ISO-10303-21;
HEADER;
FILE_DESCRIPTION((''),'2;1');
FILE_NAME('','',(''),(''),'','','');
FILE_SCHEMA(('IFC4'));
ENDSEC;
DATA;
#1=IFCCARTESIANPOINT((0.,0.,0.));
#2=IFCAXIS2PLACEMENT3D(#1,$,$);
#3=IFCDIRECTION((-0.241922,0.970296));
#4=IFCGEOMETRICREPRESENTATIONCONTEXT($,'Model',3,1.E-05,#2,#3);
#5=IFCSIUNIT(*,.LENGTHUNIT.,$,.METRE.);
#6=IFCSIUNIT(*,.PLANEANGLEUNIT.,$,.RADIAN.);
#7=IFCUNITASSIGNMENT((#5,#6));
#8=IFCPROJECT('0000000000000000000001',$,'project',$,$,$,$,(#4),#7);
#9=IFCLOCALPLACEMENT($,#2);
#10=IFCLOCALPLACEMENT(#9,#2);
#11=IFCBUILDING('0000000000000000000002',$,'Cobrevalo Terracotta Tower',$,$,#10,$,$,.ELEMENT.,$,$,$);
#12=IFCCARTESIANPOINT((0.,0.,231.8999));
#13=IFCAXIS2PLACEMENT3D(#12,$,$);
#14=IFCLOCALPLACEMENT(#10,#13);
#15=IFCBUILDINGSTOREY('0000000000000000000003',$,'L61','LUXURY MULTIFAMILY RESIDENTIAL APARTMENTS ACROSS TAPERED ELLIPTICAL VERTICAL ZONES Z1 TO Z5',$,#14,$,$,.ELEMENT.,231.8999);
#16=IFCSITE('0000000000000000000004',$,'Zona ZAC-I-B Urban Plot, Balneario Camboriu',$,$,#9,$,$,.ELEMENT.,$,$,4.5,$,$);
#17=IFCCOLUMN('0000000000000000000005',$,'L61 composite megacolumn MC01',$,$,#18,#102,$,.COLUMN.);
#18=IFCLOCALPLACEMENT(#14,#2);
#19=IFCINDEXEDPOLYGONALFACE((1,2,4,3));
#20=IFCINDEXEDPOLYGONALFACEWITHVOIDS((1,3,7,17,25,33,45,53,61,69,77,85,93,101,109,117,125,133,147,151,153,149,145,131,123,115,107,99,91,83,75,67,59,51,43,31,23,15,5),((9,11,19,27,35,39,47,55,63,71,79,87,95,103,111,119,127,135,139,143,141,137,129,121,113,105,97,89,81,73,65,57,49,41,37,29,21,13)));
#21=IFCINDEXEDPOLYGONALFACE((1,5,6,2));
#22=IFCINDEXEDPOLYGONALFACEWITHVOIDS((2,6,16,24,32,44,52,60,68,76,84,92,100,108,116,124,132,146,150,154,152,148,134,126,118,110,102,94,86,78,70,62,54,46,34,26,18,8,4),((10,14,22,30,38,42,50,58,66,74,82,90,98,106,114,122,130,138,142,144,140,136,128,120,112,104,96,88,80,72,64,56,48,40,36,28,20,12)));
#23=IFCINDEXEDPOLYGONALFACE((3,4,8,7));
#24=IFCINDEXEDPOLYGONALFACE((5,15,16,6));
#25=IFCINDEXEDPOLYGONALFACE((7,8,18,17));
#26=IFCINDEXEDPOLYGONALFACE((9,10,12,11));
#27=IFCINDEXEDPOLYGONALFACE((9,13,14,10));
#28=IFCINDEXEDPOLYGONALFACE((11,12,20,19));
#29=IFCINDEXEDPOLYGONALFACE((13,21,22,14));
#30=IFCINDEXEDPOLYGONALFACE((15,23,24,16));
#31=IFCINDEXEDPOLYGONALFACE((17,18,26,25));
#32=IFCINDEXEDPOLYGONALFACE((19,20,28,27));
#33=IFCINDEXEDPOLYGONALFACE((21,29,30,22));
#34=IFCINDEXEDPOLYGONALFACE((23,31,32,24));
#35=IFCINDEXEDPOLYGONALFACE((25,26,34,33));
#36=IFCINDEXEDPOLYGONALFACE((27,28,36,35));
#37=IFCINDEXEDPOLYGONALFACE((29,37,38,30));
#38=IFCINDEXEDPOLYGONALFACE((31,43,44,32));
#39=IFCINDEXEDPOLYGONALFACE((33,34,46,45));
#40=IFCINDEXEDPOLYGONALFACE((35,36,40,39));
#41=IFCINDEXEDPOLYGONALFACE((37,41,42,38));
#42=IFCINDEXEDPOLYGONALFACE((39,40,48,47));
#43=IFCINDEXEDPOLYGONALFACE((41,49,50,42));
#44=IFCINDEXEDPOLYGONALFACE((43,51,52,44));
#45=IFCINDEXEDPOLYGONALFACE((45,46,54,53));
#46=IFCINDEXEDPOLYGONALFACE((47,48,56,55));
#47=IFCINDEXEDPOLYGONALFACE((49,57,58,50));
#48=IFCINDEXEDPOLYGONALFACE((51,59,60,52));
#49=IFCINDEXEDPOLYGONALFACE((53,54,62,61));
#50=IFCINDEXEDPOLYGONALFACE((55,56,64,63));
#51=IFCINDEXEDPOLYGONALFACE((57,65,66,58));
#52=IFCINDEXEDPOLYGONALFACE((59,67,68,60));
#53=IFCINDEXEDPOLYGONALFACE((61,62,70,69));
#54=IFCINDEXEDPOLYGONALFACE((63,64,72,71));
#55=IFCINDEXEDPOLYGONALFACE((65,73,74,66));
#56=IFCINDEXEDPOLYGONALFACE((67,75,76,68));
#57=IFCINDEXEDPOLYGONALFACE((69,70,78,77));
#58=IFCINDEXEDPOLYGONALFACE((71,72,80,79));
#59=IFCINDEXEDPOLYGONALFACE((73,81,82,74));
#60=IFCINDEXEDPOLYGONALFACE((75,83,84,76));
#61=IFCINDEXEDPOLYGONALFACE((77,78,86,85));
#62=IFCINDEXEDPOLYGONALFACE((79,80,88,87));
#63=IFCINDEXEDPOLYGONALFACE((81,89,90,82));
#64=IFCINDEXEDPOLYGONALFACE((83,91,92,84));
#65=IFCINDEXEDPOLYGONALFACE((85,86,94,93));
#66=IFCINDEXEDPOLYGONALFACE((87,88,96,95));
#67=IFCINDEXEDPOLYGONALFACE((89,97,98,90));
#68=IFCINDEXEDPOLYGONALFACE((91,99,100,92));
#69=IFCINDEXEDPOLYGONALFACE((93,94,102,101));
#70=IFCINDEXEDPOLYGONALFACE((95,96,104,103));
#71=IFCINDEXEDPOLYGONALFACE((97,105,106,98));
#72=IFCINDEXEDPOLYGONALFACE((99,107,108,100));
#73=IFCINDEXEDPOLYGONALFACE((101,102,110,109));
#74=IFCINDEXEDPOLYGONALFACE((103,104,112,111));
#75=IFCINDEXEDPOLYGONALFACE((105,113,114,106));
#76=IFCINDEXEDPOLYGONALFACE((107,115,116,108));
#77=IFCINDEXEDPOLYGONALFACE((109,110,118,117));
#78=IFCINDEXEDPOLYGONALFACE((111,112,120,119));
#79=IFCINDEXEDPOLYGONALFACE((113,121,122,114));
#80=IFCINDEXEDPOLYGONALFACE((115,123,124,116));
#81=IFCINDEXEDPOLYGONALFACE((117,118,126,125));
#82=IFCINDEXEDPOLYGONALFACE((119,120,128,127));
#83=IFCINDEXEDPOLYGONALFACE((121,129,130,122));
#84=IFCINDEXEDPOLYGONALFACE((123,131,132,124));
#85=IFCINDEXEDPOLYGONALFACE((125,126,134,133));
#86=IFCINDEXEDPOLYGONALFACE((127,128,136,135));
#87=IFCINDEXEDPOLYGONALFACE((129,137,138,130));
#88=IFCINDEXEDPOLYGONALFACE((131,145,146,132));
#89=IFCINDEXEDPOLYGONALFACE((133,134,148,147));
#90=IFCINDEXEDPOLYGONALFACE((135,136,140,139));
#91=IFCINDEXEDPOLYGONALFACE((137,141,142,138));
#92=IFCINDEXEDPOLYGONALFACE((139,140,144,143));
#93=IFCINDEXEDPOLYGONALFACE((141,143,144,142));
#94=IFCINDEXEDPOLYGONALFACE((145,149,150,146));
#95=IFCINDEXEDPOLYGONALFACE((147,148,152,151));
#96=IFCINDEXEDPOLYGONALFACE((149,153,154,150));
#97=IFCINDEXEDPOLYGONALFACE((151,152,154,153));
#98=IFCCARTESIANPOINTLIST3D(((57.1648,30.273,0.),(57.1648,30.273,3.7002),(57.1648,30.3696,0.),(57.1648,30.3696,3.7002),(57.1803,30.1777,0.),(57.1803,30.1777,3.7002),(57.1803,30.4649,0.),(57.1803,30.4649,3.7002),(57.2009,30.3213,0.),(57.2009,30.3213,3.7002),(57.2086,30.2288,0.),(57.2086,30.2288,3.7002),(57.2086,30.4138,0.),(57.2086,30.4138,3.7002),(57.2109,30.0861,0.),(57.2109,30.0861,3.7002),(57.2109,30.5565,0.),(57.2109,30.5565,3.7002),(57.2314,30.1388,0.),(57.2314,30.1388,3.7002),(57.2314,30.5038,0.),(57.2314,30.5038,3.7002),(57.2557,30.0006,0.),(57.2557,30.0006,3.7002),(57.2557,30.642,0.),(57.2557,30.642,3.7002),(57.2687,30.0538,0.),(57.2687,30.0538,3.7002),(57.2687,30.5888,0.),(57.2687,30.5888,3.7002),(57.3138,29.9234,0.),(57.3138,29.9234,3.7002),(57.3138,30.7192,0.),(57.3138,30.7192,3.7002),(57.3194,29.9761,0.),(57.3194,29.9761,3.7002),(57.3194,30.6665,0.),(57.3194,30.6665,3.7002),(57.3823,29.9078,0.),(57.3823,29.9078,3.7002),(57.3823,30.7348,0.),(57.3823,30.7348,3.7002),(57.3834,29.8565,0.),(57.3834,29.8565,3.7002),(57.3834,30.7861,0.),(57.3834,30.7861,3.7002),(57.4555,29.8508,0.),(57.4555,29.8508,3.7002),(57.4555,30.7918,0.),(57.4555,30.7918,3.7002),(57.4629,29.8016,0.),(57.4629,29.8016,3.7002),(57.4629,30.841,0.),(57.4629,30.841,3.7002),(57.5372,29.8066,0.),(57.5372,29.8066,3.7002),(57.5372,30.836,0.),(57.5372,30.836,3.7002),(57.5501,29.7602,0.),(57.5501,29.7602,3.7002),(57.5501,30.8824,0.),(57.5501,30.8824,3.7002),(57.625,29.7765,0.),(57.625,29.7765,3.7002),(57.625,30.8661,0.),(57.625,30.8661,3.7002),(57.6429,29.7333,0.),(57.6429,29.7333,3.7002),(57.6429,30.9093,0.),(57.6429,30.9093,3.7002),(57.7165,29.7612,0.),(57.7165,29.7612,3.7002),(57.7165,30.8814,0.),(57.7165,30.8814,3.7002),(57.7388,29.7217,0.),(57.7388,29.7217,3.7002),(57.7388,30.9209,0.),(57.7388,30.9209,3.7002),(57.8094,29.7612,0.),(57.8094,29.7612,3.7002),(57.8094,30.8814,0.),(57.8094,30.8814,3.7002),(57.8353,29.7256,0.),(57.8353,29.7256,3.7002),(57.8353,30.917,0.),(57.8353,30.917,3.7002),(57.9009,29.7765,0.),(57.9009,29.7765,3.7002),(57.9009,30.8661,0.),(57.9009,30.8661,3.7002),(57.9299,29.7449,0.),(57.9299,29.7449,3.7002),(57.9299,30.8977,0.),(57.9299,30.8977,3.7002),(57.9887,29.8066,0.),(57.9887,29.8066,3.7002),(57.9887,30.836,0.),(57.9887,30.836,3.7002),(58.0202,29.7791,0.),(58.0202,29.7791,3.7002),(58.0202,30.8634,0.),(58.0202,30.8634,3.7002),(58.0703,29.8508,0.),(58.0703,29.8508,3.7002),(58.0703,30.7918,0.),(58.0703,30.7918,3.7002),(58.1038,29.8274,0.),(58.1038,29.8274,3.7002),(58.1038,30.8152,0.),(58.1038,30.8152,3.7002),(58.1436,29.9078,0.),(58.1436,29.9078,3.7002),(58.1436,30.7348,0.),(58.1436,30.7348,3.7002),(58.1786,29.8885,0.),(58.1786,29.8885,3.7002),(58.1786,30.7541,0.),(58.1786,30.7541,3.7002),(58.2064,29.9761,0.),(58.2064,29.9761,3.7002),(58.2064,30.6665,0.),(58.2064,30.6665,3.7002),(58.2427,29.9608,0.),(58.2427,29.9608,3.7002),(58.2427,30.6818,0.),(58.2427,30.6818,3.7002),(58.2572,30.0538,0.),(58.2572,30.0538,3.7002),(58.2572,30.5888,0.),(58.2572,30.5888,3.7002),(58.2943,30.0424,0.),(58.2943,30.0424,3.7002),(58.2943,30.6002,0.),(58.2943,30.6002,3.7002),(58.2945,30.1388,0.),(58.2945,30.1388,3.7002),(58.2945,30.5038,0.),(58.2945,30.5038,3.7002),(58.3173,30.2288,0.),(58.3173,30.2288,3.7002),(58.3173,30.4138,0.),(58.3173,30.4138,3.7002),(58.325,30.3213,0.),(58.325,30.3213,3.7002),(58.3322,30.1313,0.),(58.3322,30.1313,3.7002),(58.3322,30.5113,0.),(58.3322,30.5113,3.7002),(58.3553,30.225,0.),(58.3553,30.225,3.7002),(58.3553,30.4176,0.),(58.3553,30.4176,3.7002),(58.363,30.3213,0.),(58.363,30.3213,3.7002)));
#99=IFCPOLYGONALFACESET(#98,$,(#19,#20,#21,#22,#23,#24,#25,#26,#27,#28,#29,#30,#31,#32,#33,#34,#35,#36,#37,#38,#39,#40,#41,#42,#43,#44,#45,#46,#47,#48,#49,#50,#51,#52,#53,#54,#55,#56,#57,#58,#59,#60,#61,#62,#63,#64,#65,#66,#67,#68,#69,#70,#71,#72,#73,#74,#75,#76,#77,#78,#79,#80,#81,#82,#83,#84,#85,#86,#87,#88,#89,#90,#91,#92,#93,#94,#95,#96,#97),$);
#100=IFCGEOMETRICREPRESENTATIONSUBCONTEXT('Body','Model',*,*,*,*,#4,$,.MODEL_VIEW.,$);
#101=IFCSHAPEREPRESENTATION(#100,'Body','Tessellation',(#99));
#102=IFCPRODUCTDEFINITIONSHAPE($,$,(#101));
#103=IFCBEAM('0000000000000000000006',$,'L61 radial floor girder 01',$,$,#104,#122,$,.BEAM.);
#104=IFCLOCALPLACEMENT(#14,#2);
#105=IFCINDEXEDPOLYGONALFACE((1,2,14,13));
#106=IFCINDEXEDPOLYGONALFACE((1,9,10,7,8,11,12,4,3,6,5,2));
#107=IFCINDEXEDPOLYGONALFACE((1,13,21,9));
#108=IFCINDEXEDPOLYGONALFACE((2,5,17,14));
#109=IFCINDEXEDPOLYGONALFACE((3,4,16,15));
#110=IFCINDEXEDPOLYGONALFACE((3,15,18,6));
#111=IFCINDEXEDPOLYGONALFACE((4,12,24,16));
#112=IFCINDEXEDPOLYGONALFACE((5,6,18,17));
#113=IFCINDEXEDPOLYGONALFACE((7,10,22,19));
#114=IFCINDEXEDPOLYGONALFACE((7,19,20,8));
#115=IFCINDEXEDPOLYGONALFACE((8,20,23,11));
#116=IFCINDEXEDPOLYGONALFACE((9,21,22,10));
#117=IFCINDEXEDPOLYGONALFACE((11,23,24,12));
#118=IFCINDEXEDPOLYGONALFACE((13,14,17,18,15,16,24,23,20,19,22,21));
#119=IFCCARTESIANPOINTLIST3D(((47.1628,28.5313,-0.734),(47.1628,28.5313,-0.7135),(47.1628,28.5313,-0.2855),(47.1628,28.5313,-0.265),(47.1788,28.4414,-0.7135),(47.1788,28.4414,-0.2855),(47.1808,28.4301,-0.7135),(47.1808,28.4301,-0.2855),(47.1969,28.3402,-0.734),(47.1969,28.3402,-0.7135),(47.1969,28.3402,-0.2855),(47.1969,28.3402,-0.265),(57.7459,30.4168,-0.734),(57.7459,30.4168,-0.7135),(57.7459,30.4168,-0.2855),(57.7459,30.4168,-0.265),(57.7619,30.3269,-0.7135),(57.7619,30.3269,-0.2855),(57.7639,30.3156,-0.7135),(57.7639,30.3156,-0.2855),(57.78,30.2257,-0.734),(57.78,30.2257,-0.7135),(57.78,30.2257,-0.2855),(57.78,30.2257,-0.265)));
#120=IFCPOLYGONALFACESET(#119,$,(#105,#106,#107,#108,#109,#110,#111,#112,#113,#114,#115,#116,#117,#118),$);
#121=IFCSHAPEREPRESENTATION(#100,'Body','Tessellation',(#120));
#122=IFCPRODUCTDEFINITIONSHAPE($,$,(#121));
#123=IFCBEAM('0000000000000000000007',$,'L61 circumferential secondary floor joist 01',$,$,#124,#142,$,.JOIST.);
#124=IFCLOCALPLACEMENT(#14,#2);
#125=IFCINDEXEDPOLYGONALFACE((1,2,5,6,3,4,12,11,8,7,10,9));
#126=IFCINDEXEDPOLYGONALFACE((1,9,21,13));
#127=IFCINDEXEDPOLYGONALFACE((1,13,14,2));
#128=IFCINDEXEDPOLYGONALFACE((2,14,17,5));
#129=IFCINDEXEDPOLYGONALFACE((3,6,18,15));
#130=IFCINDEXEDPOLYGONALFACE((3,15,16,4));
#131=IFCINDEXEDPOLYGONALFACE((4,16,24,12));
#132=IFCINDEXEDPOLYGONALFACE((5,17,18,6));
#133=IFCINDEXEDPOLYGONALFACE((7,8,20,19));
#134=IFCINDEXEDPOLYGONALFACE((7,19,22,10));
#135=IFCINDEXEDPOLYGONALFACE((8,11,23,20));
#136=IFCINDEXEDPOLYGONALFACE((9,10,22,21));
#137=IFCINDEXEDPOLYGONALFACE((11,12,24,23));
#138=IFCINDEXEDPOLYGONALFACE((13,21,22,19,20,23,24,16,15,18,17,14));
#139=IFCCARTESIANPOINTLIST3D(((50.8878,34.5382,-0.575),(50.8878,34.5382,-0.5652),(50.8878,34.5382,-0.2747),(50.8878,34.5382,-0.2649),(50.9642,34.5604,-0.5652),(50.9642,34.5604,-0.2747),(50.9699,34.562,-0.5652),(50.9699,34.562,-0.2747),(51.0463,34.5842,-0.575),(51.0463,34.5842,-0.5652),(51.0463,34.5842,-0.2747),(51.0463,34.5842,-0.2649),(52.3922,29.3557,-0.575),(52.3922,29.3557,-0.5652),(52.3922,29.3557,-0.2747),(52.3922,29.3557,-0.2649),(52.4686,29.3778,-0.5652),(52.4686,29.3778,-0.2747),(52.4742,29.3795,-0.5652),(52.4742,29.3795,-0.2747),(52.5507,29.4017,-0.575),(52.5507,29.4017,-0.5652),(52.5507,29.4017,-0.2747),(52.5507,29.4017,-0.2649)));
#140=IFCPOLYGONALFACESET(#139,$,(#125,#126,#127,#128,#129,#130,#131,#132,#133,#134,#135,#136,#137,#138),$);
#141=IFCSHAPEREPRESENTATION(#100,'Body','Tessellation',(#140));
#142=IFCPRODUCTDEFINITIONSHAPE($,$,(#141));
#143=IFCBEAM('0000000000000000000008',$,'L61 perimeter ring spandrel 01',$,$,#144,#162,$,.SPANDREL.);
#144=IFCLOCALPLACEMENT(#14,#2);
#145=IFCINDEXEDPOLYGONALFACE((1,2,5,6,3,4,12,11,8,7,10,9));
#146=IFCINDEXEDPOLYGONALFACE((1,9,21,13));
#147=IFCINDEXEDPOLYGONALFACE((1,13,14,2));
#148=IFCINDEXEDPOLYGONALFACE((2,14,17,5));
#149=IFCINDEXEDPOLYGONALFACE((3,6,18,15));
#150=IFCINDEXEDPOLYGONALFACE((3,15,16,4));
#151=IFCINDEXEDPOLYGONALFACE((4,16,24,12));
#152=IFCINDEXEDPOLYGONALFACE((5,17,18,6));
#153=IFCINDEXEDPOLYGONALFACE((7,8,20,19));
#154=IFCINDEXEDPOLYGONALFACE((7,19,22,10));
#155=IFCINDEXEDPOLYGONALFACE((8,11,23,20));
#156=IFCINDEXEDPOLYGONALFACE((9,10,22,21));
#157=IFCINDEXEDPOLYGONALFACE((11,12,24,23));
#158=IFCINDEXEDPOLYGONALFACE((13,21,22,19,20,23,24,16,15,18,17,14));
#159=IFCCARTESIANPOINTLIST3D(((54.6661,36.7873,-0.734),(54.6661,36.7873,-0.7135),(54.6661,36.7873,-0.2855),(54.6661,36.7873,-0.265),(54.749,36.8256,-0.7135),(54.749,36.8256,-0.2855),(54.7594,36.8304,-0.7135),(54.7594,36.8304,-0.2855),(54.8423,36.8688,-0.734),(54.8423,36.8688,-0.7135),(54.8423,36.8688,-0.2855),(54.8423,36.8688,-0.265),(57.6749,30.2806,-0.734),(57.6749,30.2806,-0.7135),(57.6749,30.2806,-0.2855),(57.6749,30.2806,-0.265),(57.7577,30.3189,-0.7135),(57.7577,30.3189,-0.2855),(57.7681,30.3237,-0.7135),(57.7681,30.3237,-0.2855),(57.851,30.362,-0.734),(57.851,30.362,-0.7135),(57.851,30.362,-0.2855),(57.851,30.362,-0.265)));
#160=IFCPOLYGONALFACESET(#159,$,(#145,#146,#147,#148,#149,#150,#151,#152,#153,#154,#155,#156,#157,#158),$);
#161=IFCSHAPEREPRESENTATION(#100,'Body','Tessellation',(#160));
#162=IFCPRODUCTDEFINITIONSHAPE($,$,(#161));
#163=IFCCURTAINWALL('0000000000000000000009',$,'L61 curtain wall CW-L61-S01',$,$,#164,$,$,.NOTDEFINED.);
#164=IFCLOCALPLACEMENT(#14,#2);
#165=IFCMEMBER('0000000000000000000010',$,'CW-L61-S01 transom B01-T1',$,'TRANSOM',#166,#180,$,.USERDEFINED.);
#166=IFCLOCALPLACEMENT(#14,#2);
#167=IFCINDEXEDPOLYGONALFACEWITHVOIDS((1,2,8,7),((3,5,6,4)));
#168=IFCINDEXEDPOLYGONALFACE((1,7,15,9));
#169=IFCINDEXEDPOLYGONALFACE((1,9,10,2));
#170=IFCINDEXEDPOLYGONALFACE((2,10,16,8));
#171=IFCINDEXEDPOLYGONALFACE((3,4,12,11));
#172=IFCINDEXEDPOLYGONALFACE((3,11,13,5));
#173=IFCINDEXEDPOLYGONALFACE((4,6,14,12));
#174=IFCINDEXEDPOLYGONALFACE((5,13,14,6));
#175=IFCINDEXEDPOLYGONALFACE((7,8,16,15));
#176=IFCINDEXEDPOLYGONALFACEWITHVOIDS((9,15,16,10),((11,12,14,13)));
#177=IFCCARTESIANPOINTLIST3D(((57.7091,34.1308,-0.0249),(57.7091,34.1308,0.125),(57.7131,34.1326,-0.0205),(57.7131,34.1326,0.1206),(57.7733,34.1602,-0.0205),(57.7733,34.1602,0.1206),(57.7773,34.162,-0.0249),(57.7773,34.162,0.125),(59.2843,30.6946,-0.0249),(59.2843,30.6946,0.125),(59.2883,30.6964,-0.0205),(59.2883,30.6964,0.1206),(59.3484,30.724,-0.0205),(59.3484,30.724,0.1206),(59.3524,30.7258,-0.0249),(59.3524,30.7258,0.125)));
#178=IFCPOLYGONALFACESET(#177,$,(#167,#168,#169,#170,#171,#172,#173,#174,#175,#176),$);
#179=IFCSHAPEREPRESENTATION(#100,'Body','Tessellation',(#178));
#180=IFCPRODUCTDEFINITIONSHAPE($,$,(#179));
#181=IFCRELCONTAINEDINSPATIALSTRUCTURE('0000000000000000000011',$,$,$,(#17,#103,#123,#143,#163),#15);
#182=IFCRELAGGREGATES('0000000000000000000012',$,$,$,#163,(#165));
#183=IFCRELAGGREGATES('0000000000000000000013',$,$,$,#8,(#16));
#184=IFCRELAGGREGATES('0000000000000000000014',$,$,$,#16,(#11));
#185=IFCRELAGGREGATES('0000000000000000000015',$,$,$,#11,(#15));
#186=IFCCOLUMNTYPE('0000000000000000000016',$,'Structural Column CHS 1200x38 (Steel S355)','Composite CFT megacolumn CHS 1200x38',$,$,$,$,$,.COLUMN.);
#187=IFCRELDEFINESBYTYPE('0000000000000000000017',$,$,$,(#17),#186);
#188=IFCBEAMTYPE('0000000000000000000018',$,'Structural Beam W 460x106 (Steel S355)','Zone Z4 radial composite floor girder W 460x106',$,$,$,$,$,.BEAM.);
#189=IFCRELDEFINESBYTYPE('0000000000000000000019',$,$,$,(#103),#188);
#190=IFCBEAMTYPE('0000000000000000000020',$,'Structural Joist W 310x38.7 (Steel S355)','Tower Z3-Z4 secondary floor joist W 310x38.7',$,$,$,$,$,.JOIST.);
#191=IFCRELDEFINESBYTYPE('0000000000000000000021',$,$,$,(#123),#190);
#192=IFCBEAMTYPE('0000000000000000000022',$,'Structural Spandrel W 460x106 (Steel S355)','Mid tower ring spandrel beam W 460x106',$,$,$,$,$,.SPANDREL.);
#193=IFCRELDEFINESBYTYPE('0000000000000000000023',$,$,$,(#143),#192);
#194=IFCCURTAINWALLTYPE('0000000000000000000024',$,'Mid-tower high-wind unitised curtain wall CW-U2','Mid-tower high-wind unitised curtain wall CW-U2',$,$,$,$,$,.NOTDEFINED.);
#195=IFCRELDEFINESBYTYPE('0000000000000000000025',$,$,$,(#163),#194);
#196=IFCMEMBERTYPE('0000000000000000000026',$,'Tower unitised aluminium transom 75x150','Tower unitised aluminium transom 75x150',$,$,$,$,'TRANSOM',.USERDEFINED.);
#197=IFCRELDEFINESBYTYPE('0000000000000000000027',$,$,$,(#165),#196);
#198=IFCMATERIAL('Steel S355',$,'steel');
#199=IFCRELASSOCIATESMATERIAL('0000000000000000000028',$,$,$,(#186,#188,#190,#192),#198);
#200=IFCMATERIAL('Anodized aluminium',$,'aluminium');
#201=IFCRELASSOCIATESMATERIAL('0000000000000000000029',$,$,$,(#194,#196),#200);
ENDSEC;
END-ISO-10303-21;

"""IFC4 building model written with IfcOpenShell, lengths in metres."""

from ifc_helpers import new_model, si_unit, direction, frame, origin, origin_2d, place, context, subcontext, project, spatial, hollow_rectangle, hollow_circle, i_section, extrude, source, transform, mapped, material, material_profile, profile_set, type_object, element, aggregate, save


model = new_model("IFC4")

# Units and contexts
model_context = context("Model", 3, precision=1e-05, world=origin(), true_north=direction((-0.241922, 0.970296)))
body_context = subcontext(model_context, "Body", "Model", "MODEL_VIEW")
ifc_project = project(units=[si_unit("LENGTHUNIT", "METRE"), si_unit("PLANEANGLEUNIT", "RADIAN")], contexts=[model_context])

# Site, building, storey
site_placement = place(None, origin())
site = spatial("IfcSite", under=ifc_project, at=site_placement, Name="Zona ZAC-I-B Urban Plot, Balneario Camboriu", CompositionType="ELEMENT", RefElevation=4.5)
building_placement = place(site_placement, origin())
building = spatial("IfcBuilding", under=site, at=building_placement, Name="Cobrevalo Terracotta Tower", CompositionType="ELEMENT")
storey_placement = place(building_placement, frame((0.0, 0.0, 231.8999)))
storey = spatial("IfcBuildingStorey", under=building, at=storey_placement, Name="L61", Description="LUXURY MULTIFAMILY RESIDENTIAL APARTMENTS ACROSS TAPERED ELLIPTICAL VERTICAL ZONES Z1 TO Z5", CompositionType="ELEMENT", Elevation=231.8999)

# Column
ifc_material_1 = material(Name="Steel S355", Category="steel")
ifc_material_profile_1 = material_profile(ifc_material_1, hollow_circle(Radius=0.6001, WallThickness=0.0381, at=origin_2d()), Name="CHS 1200x38")
ifc_profile_set_1 = profile_set([ifc_material_profile_1], Name="Steel S355")
column_type = type_object("IfcColumnType", Name="Structural Column CHS 1200x38 (Steel S355)", Description="Composite CFT megacolumn CHS 1200x38", PredefinedType="COLUMN", material=ifc_profile_set_1)
column_placement = place(storey_placement, frame((57.7629, 30.3213, 0.0), z_axis=(0.0, 0.0, 1.0), x_axis=(1.0, 0.0, 0.0)))
element("IfcColumn", 1, at=column_placement, inside=storey, type_object=column_type, Name="L61 composite megacolumn MC01", PredefinedType="COLUMN", context=body_context, shape_type="SweptSolid", body=[
    extrude(hollow_circle(Radius=0.6001, WallThickness=0.0381, at=origin_2d()), origin(), (0.0, 0.0, 1.0), 3.7002),
])

# Beams
ifc_material_profile_2 = material_profile(ifc_material_1, i_section(OverallWidth=0.1941, OverallDepth=0.469, WebThickness=0.0115, FlangeThickness=0.0205, at=origin_2d()), Name="W 460x106")
ifc_profile_set_2 = profile_set([ifc_material_profile_2], Name="Steel S355")
beam_type_1 = type_object("IfcBeamType", Name="Structural Beam W 460x106 (Steel S355)", Description="Zone Z4 radial composite floor girder W 460x106", PredefinedType="BEAM", material=ifc_profile_set_2)
beam_1_placement = place(storey_placement, frame((57.7629, 30.3213, -0.4995), z_axis=(-0.984497, -0.175401, 0.0), x_axis=(0.175401, -0.984497, 0.0)))
element("IfcBeam", 2, at=beam_1_placement, inside=storey, type_object=beam_type_1, Name="L61 radial floor girder 01", PredefinedType="BEAM", context=body_context, shape_type="SweptSolid", body=[
    extrude(i_section(OverallWidth=0.1941, OverallDepth=0.469, WebThickness=0.0115, FlangeThickness=0.0205, at=origin_2d()), origin(), (0.0, 0.0, 1.0), 10.7498),
])
ifc_material_profile_3 = material_profile(ifc_material_1, i_section(OverallWidth=0.165, OverallDepth=0.3101, WebThickness=0.0059, FlangeThickness=0.0098, at=origin_2d()), Name="W 310x38.7")
ifc_profile_set_3 = profile_set([ifc_material_profile_3], Name="Steel S355")
beam_type_2 = type_object("IfcBeamType", Name="Structural Joist W 310x38.7 (Steel S355)", Description="Tower Z3-Z4 secondary floor joist W 310x38.7", PredefinedType="JOIST", material=ifc_profile_set_3)
beam_2_placement = place(storey_placement, frame((52.4714, 29.3787, -0.4199), z_axis=(-0.27877, 0.960358, 0.0), x_axis=(-0.960358, -0.27877, 0.0)))
element("IfcBeam", 3, at=beam_2_placement, inside=storey, type_object=beam_type_2, Name="L61 circumferential secondary floor joist 01", PredefinedType="JOIST", context=body_context, shape_type="SweptSolid", body=[
    extrude(i_section(OverallWidth=0.165, OverallDepth=0.3101, WebThickness=0.0059, FlangeThickness=0.0098, at=origin_2d()), origin(), (0.0, 0.0, 1.0), 5.3965),
])
ifc_material_profile_4 = material_profile(ifc_material_1, i_section(OverallWidth=0.1941, OverallDepth=0.469, WebThickness=0.0115, FlangeThickness=0.0205, at=origin_2d()), Name="W 460x106")
ifc_profile_set_4 = profile_set([ifc_material_profile_4], Name="Steel S355")
beam_type_3 = type_object("IfcBeamType", Name="Structural Spandrel W 460x106 (Steel S355)", Description="Mid tower ring spandrel beam W 460x106", PredefinedType="SPANDREL", material=ifc_profile_set_4)
beam_3_placement = place(storey_placement, frame((57.7629, 30.3213, -0.4995), z_axis=(-0.419706, 0.90766, 0.0), x_axis=(-0.90766, -0.419706, 0.0)))
element("IfcBeam", 4, at=beam_3_placement, inside=storey, type_object=beam_type_3, Name="L61 perimeter ring spandrel 01", PredefinedType="SPANDREL", context=body_context, shape_type="SweptSolid", body=[
    extrude(i_section(OverallWidth=0.1941, OverallDepth=0.469, WebThickness=0.0115, FlangeThickness=0.0205, at=origin_2d()), origin(), (0.0, 0.0, 1.0), 7.1687),
])

# Curtain wall, member
ifc_material_2 = material(Name="Anodized aluminium", Category="aluminium")
curtain_wall_type = type_object("IfcCurtainWallType", Name="Mid-tower high-wind unitised curtain wall CW-U2", Description="Mid-tower high-wind unitised curtain wall CW-U2", PredefinedType="NOTDEFINED", material=ifc_material_2)
curtain_wall_1_placement = place(storey_placement, origin())
curtain_wall_1 = element("IfcCurtainWall", 5, at=curtain_wall_1_placement, inside=storey, type_object=curtain_wall_type, Name="L61 curtain wall CW-L61-S01", PredefinedType="NOTDEFINED")
ifc_material_profile_5 = material_profile(ifc_material_2, hollow_rectangle(XDim=0.075, YDim=0.1499, WallThickness=0.0044, at=origin_2d()), Name="CWT 75x150")
ifc_profile_set_5 = profile_set([ifc_material_profile_5], Name="Anodized aluminium")
member_type_1 = type_object("IfcMemberType", Name="Tower unitised aluminium transom 75x150", Description="Tower unitised aluminium transom 75x150", ElementType="TRANSOM", PredefinedType="USERDEFINED", material=ifc_profile_set_5)
shared_shape_1 = source(origin(), body_context, "Body", "SweptSolid", [
    extrude(hollow_rectangle(XDim=0.075, YDim=0.1499, WallThickness=0.0044, at=origin_2d()), origin(), (0.0, 0.0, 1.0), 3.78),
])
member_1_placement = place(storey_placement, frame((59.3184, 30.7102, 0.05), z_axis=(-0.416706, 0.909041, 0.0), x_axis=(-0.909041, -0.416706, 0.0)))
member_1 = element("IfcMember", 6, at=member_1_placement, type_object=member_type_1, Name="CW-L61-S01 transom B01-T1", ObjectType="TRANSOM", PredefinedType="USERDEFINED", context=body_context, shape_type="MappedRepresentation", body=[
    mapped(shared_shape_1, transform((0.0, 0.0, 0.0), scale=1.0)),
])

aggregate(curtain_wall_1, [member_1])

save(model, "model.ifc")
